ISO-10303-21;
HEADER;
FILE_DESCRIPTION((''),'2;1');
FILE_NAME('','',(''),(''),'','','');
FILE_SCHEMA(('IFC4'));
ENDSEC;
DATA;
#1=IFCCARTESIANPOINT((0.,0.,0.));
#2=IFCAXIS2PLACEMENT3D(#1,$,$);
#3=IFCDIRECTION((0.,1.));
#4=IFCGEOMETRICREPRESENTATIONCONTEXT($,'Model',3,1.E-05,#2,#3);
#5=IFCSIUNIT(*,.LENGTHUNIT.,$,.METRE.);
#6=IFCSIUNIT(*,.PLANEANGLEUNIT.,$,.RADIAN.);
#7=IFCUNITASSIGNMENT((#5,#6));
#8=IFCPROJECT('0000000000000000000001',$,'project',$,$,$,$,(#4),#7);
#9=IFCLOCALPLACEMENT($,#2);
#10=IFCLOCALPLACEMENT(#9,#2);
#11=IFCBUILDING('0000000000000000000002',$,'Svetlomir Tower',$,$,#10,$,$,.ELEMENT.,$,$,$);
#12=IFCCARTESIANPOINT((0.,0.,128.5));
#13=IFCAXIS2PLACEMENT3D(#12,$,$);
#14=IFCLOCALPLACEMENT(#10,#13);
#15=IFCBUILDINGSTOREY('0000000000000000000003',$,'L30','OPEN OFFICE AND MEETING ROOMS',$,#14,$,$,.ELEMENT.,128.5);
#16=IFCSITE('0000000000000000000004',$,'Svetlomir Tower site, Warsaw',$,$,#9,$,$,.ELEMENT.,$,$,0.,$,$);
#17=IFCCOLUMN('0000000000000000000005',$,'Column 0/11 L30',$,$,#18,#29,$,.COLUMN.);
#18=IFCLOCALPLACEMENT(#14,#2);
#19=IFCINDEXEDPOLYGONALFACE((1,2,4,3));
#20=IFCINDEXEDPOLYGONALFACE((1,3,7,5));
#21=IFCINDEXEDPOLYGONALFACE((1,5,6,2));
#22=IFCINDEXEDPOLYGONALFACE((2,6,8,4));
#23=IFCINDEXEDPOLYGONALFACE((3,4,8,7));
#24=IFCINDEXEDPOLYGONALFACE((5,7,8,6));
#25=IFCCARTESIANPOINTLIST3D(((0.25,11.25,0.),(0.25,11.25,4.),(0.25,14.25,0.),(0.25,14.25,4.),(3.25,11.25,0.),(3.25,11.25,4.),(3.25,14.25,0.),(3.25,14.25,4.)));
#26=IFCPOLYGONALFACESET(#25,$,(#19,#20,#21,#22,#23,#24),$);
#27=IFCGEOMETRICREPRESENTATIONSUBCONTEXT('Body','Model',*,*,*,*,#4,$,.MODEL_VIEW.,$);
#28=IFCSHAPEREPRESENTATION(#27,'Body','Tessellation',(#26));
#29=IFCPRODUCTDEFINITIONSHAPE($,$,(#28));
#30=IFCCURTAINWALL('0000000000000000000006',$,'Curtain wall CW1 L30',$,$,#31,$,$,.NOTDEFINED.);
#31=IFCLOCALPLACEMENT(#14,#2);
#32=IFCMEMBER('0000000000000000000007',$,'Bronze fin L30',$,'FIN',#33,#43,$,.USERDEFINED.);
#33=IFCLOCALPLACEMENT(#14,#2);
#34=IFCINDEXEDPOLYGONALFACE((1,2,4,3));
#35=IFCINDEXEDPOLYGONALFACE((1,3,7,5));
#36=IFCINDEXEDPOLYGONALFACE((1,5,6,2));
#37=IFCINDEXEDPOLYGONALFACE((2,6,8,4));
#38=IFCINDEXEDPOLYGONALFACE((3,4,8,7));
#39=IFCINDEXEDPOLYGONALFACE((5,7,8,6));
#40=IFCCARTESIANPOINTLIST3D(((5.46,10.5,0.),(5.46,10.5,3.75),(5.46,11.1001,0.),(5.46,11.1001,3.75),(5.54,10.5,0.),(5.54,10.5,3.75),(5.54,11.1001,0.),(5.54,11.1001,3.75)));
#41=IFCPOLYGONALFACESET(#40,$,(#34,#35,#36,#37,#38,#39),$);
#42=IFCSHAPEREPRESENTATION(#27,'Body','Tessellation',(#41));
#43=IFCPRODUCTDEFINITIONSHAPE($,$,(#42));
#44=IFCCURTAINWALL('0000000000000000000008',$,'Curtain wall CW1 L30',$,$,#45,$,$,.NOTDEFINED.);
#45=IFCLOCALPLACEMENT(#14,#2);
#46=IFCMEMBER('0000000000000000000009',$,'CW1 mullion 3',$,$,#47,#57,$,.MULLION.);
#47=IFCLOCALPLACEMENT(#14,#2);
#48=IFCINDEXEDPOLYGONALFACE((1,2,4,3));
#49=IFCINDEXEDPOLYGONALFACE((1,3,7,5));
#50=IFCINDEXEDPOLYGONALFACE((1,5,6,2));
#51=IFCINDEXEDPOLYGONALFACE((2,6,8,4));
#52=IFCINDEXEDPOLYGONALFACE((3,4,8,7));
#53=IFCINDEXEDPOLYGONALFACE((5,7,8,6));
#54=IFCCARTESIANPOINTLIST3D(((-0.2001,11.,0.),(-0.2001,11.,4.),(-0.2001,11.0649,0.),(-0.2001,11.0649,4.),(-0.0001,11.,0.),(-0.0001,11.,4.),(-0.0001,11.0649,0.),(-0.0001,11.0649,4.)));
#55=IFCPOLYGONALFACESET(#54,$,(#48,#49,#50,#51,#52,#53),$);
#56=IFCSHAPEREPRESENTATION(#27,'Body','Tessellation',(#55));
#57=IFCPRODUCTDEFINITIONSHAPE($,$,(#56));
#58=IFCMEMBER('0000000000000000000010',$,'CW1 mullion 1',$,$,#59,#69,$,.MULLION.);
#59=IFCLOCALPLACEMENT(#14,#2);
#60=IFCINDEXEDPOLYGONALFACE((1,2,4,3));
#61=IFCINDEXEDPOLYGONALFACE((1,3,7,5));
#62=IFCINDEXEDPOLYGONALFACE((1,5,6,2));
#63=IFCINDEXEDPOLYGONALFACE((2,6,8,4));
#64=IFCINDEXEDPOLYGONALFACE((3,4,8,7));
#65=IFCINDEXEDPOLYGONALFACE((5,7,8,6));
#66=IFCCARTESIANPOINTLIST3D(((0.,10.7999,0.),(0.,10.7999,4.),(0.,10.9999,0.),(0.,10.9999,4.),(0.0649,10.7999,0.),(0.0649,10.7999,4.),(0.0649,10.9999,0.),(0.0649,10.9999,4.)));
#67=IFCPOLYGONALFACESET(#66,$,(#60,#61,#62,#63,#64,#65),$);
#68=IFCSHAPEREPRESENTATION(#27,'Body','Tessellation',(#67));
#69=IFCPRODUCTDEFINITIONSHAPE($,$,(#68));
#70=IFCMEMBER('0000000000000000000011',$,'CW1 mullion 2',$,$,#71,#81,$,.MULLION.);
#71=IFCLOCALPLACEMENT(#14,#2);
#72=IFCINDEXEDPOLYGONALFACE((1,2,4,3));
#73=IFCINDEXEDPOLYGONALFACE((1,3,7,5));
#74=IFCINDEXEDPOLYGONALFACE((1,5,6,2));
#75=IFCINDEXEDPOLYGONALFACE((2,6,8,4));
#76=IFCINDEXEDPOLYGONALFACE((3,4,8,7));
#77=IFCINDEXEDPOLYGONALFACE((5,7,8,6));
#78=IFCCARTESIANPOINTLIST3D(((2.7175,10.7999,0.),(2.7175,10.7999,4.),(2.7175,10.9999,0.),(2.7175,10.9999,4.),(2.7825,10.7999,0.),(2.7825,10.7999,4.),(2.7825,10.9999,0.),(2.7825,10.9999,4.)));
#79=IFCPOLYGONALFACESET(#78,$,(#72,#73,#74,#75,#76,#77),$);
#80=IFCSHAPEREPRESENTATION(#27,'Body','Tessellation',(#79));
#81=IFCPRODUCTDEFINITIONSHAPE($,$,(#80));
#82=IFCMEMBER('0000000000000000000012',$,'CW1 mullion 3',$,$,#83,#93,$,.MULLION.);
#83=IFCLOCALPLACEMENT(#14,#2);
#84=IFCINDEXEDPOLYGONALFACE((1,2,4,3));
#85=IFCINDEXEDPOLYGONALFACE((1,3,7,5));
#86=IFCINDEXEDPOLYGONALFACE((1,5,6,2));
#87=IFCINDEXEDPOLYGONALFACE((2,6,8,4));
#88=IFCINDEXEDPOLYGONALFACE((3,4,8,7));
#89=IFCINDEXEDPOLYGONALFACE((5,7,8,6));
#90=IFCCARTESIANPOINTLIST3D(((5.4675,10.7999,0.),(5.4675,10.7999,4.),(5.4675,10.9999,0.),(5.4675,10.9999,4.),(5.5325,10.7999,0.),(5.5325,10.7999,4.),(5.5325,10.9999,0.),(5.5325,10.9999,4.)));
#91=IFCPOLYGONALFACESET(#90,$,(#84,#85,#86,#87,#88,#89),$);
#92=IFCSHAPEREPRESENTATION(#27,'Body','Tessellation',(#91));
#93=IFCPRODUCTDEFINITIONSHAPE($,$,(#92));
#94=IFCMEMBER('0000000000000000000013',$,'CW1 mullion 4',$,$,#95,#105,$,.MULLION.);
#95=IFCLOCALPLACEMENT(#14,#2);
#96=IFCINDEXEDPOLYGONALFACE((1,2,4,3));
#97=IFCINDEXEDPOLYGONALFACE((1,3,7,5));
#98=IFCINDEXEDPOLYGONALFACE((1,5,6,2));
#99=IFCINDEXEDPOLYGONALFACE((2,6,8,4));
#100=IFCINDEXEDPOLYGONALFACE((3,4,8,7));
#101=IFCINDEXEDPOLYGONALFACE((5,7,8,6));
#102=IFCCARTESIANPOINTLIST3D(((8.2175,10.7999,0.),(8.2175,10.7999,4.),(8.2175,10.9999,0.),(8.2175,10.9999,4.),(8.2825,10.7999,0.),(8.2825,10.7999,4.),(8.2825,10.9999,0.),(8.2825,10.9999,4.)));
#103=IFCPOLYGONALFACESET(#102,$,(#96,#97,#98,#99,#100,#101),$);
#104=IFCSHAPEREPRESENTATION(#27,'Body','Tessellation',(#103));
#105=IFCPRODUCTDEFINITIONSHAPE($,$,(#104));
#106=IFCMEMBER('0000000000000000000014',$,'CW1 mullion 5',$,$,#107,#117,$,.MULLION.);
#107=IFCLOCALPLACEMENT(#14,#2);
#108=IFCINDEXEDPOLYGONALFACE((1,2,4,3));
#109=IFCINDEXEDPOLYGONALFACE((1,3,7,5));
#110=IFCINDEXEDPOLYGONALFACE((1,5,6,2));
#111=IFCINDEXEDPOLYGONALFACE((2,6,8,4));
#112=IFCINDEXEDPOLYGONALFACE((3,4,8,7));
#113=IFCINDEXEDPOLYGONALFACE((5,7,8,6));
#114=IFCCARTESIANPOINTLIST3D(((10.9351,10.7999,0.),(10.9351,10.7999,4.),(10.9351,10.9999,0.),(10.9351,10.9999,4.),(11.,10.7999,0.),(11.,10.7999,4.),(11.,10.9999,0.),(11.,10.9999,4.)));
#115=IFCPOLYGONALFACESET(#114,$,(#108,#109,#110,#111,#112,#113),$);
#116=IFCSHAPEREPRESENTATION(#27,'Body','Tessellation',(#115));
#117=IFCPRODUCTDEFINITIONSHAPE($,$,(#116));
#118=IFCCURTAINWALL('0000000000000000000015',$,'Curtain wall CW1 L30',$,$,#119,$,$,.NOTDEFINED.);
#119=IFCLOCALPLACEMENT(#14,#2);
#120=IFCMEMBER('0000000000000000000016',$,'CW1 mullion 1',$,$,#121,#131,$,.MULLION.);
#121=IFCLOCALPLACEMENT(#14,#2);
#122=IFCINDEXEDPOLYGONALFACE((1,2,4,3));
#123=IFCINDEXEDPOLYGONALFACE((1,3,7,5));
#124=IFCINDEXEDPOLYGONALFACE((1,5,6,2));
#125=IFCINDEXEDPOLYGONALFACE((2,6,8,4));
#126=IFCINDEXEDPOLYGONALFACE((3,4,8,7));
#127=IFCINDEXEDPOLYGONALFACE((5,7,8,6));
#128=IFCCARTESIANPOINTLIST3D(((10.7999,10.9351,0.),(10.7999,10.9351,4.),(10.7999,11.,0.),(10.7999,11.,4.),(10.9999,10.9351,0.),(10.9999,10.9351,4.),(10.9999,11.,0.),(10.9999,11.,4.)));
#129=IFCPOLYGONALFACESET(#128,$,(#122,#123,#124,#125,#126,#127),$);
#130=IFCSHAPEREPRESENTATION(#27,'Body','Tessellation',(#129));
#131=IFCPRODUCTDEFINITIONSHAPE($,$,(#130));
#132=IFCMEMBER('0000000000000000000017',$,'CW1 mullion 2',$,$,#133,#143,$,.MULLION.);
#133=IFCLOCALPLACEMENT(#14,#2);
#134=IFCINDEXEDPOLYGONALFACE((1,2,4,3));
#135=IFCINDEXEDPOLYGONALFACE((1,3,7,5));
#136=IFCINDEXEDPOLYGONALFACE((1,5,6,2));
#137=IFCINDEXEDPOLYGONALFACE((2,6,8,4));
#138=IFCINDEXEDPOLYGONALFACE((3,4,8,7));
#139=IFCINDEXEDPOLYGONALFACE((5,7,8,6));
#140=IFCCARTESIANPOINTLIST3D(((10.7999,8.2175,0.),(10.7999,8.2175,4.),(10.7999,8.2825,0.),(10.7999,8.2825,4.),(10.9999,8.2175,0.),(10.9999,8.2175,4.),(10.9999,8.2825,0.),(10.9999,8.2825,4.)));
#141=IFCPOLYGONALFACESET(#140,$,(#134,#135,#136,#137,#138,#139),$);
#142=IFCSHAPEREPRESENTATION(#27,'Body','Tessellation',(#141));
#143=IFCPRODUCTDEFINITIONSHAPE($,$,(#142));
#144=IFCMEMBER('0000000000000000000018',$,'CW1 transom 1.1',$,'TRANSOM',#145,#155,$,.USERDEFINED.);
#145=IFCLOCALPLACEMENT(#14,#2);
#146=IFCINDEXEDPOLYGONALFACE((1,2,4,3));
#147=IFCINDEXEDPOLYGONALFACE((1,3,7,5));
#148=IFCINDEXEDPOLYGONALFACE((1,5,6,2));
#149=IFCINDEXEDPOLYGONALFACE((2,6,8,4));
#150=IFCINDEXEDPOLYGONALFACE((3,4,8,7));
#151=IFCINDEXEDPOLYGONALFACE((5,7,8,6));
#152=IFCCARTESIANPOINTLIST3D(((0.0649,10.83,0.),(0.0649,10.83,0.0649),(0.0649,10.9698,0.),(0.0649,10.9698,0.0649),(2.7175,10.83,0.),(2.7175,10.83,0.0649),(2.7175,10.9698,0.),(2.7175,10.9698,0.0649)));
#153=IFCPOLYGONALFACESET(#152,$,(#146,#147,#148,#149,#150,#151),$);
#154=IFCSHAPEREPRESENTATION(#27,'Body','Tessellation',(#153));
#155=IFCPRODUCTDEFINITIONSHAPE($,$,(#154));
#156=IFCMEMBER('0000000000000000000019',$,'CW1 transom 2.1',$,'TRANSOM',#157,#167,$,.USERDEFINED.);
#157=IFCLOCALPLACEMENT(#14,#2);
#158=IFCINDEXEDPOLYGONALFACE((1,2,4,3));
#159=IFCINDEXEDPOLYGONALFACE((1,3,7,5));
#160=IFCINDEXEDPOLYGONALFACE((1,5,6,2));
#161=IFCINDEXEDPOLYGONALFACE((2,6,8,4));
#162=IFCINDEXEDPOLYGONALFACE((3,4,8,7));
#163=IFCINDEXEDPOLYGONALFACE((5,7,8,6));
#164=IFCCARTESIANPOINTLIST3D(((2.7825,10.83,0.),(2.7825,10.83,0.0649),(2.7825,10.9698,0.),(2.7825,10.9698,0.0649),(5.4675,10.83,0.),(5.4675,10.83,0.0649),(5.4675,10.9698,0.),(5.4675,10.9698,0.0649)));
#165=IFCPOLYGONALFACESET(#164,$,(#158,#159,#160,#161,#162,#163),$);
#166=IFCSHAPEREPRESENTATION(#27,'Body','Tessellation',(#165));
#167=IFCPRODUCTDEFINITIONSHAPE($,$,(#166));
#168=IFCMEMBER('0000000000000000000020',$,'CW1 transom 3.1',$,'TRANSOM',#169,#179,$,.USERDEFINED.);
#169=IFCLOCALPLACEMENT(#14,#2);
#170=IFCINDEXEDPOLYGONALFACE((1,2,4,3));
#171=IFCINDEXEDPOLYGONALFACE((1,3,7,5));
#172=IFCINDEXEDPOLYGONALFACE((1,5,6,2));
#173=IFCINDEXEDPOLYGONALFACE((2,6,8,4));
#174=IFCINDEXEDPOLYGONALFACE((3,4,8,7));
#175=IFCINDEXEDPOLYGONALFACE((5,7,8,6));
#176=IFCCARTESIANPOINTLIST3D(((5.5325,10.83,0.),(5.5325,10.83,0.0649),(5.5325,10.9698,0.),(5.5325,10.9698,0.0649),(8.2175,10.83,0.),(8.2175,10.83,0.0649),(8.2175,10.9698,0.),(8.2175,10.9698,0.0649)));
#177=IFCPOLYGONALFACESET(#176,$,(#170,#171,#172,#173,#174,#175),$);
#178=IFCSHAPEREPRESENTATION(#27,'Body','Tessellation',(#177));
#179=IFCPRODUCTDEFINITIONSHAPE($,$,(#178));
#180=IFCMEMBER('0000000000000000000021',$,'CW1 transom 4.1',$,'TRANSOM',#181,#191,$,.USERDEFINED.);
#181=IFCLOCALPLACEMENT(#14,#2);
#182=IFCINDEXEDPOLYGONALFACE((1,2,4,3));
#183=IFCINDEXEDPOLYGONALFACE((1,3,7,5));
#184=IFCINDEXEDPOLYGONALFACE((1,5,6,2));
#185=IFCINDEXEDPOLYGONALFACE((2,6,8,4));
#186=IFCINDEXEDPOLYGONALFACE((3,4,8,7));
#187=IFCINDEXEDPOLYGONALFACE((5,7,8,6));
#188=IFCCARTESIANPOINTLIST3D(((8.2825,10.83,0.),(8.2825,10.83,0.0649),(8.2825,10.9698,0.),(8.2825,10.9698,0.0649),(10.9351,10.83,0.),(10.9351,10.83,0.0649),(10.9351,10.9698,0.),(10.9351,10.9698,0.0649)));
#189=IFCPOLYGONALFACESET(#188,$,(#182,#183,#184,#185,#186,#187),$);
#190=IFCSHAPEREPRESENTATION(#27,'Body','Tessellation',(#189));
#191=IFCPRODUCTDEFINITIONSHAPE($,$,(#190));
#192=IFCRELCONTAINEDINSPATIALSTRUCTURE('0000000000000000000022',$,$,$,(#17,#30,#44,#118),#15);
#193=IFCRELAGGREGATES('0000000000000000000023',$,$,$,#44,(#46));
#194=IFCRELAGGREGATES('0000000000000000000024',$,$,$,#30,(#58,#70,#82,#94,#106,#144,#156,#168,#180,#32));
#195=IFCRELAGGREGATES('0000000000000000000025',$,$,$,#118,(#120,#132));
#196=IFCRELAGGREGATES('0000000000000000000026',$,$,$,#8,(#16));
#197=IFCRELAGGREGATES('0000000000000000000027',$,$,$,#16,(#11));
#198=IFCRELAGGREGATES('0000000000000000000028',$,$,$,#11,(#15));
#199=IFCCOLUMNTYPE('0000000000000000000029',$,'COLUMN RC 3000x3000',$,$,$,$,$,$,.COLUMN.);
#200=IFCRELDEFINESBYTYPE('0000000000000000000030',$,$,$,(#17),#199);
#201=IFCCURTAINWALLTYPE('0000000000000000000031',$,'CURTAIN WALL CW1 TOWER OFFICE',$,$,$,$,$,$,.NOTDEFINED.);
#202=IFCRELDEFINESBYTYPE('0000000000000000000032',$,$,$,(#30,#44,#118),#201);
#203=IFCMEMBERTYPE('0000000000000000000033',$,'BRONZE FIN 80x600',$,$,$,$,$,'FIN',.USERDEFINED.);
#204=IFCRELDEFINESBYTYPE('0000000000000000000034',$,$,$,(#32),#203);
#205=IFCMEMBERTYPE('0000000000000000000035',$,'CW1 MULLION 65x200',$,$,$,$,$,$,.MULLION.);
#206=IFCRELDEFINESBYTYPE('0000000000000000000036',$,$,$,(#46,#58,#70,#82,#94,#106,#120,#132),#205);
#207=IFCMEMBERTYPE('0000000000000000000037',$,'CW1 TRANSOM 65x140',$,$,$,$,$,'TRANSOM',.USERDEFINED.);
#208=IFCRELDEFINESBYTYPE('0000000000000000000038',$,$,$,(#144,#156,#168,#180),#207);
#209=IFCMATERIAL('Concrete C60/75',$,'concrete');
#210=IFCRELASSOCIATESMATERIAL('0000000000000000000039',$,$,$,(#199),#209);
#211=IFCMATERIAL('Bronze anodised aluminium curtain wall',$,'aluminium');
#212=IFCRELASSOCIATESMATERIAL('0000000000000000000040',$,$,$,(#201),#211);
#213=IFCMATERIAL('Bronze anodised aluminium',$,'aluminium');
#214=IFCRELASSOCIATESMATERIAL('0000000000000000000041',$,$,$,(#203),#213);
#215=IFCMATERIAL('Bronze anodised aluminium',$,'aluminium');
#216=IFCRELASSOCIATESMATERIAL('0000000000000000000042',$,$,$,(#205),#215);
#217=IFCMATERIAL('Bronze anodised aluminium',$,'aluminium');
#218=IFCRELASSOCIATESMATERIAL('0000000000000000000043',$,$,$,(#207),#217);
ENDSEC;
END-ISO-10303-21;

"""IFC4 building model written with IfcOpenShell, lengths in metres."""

from ifc_helpers import new_model, si_unit, direction, frame, origin, origin_2d, place, context, subcontext, project, spatial, rectangle, extrude, material, material_profile, profile_set, type_object, element, aggregate, save


model = new_model("IFC4")

# Units and contexts
model_context = context("Model", 3, precision=1e-05, world=origin(), true_north=direction((0.0, 1.0)))
body_context = subcontext(model_context, "Body", "Model", "MODEL_VIEW")
ifc_project = project(units=[si_unit("LENGTHUNIT", "METRE"), si_unit("PLANEANGLEUNIT", "RADIAN")], contexts=[model_context])

# Site, building, storey
site_placement = place(None, origin())
site = spatial("IfcSite", under=ifc_project, at=site_placement, Name="Svetlomir Tower site, Warsaw", CompositionType="ELEMENT", RefElevation=0.0)
building_placement = place(site_placement, origin())
building = spatial("IfcBuilding", under=site, at=building_placement, Name="Svetlomir Tower", CompositionType="ELEMENT")
storey_placement = place(building_placement, frame((0.0, 0.0, 128.5)))
storey = spatial("IfcBuildingStorey", under=building, at=storey_placement, Name="L30", Description="OPEN OFFICE AND MEETING ROOMS", CompositionType="ELEMENT", Elevation=128.5)

# Column
ifc_material_1 = material(Name="Concrete C60/75", Category="concrete")
ifc_material_profile_1 = material_profile(ifc_material_1, rectangle(XDim=3.0, YDim=3.0, at=origin_2d()), Name="RC 3000x3000")
ifc_profile_set_1 = profile_set([ifc_material_profile_1], Name="Concrete C60/75")
column_type = type_object("IfcColumnType", Name="COLUMN RC 3000x3000", PredefinedType="COLUMN", material=ifc_profile_set_1)
column_placement = place(storey_placement, frame((1.75, 12.75, 0.0), z_axis=(0.0, 0.0, 1.0), x_axis=(1.0, 0.0, 0.0)))
element("IfcColumn", 1, at=column_placement, inside=storey, type_object=column_type, Name="Column 0/11 L30", PredefinedType="COLUMN", context=body_context, shape_type="SweptSolid", body=[
    extrude(rectangle(XDim=3.0, YDim=3.0, at=origin_2d()), origin(), (0.0, 0.0, 1.0), 4.0),
])

# Curtain walls, members
ifc_material_2 = material(Name="Bronze anodised aluminium curtain wall", Category="aluminium")
curtain_wall_type = type_object("IfcCurtainWallType", Name="CURTAIN WALL CW1 TOWER OFFICE", PredefinedType="NOTDEFINED", material=ifc_material_2)
curtain_wall_1_placement = place(storey_placement, origin())
curtain_wall_1 = element("IfcCurtainWall", 2, at=curtain_wall_1_placement, inside=storey, type_object=curtain_wall_type, Name="Curtain wall CW1 L30", PredefinedType="NOTDEFINED")
ifc_material_3 = material(Name="Bronze anodised aluminium", Category="aluminium")
ifc_material_profile_2 = material_profile(ifc_material_3, rectangle(XDim=0.0801, YDim=0.6001, at=origin_2d()), Name="FIN 80x600")
ifc_profile_set_2 = profile_set([ifc_material_profile_2], Name="Bronze anodised aluminium 6063-T6")
member_type_1 = type_object("IfcMemberType", Name="BRONZE FIN 80x600", ElementType="FIN", PredefinedType="USERDEFINED", material=ifc_profile_set_2)
member_1_placement = place(storey_placement, frame((5.5, 10.8, 0.0), z_axis=(0.0, 0.0, 1.0), x_axis=(1.0, 0.0, 0.0)))
member_1 = element("IfcMember", 3, at=member_1_placement, type_object=member_type_1, Name="Bronze fin L30", ObjectType="FIN", PredefinedType="USERDEFINED", context=body_context, shape_type="SweptSolid", body=[
    extrude(rectangle(XDim=0.0801, YDim=0.6001, at=origin_2d()), origin(), (0.0, 0.0, 1.0), 3.75),
])
curtain_wall_2_placement = place(storey_placement, origin())
curtain_wall_2 = element("IfcCurtainWall", 4, at=curtain_wall_2_placement, inside=storey, type_object=curtain_wall_type, Name="Curtain wall CW1 L30", PredefinedType="NOTDEFINED")
ifc_material_4 = material(Name="Bronze anodised aluminium", Category="aluminium")
ifc_material_profile_3 = material_profile(ifc_material_4, rectangle(XDim=0.0649, YDim=0.2, at=origin_2d()), Name="AL 65x200")
ifc_profile_set_3 = profile_set([ifc_material_profile_3], Name="Bronze anodised aluminium 6063-T6")
member_type_2 = type_object("IfcMemberType", Name="CW1 MULLION 65x200", PredefinedType="MULLION", material=ifc_profile_set_3)
member_2_placement = place(storey_placement, frame((-0.1001, 11.0325, 0.0), z_axis=(0.0, 0.0, 1.0), x_axis=(0.0, -1.0, 0.0)))
member_2 = element("IfcMember", 5, at=member_2_placement, type_object=member_type_2, Name="CW1 mullion 3", PredefinedType="MULLION", context=body_context, shape_type="SweptSolid", body=[
    extrude(rectangle(XDim=0.0649, YDim=0.2, at=origin_2d()), origin(), (0.0, 0.0, 1.0), 4.0),
])

# Members
member_3_placement = place(storey_placement, frame((0.0325, 10.8999, 0.0), z_axis=(0.0, 0.0, 1.0), x_axis=(1.0, 0.0, 0.0)))
member_3 = element("IfcMember", 6, at=member_3_placement, type_object=member_type_2, Name="CW1 mullion 1", PredefinedType="MULLION", context=body_context, shape_type="SweptSolid", body=[
    extrude(rectangle(XDim=0.0649, YDim=0.2, at=origin_2d()), origin(), (0.0, 0.0, 1.0), 4.0),
])
member_4_placement = place(storey_placement, frame((2.75, 10.8999, 0.0), z_axis=(0.0, 0.0, 1.0), x_axis=(1.0, 0.0, 0.0)))
member_4 = element("IfcMember", 7, at=member_4_placement, type_object=member_type_2, Name="CW1 mullion 2", PredefinedType="MULLION", context=body_context, shape_type="SweptSolid", body=[
    extrude(rectangle(XDim=0.0649, YDim=0.2, at=origin_2d()), origin(), (0.0, 0.0, 1.0), 4.0),
])
member_5_placement = place(storey_placement, frame((5.5, 10.8999, 0.0), z_axis=(0.0, 0.0, 1.0), x_axis=(1.0, 0.0, 0.0)))
member_5 = element("IfcMember", 8, at=member_5_placement, type_object=member_type_2, Name="CW1 mullion 3", PredefinedType="MULLION", context=body_context, shape_type="SweptSolid", body=[
    extrude(rectangle(XDim=0.0649, YDim=0.2, at=origin_2d()), origin(), (0.0, 0.0, 1.0), 4.0),
])
member_6_placement = place(storey_placement, frame((8.25, 10.8999, 0.0), z_axis=(0.0, 0.0, 1.0), x_axis=(1.0, 0.0, 0.0)))
member_6 = element("IfcMember", 9, at=member_6_placement, type_object=member_type_2, Name="CW1 mullion 4", PredefinedType="MULLION", context=body_context, shape_type="SweptSolid", body=[
    extrude(rectangle(XDim=0.0649, YDim=0.2, at=origin_2d()), origin(), (0.0, 0.0, 1.0), 4.0),
])
member_7_placement = place(storey_placement, frame((10.9675, 10.8999, 0.0), z_axis=(0.0, 0.0, 1.0), x_axis=(1.0, 0.0, 0.0)))
member_7 = element("IfcMember", 10, at=member_7_placement, type_object=member_type_2, Name="CW1 mullion 5", PredefinedType="MULLION", context=body_context, shape_type="SweptSolid", body=[
    extrude(rectangle(XDim=0.0649, YDim=0.2, at=origin_2d()), origin(), (0.0, 0.0, 1.0), 4.0),
])

# Curtain wall, members
curtain_wall_3_placement = place(storey_placement, origin())
curtain_wall_3 = element("IfcCurtainWall", 11, at=curtain_wall_3_placement, inside=storey, type_object=curtain_wall_type, Name="Curtain wall CW1 L30", PredefinedType="NOTDEFINED")
member_8_placement = place(storey_placement, frame((10.8999, 10.9675, 0.0), z_axis=(0.0, 0.0, 1.0), x_axis=(0.0, -1.0, 0.0)))
member_8 = element("IfcMember", 12, at=member_8_placement, type_object=member_type_2, Name="CW1 mullion 1", PredefinedType="MULLION", context=body_context, shape_type="SweptSolid", body=[
    extrude(rectangle(XDim=0.0649, YDim=0.2, at=origin_2d()), origin(), (0.0, 0.0, 1.0), 4.0),
])
member_9_placement = place(storey_placement, frame((10.8999, 8.25, 0.0), z_axis=(0.0, 0.0, 1.0), x_axis=(0.0, -1.0, 0.0)))
member_9 = element("IfcMember", 13, at=member_9_placement, type_object=member_type_2, Name="CW1 mullion 2", PredefinedType="MULLION", context=body_context, shape_type="SweptSolid", body=[
    extrude(rectangle(XDim=0.0649, YDim=0.2, at=origin_2d()), origin(), (0.0, 0.0, 1.0), 4.0),
])

# Members
ifc_material_5 = material(Name="Bronze anodised aluminium", Category="aluminium")
ifc_material_profile_4 = material_profile(ifc_material_5, rectangle(XDim=0.1399, YDim=0.0649, at=origin_2d()), Name="AL 140x65")
ifc_profile_set_4 = profile_set([ifc_material_profile_4], Name="Bronze anodised aluminium 6063-T6")
member_type_3 = type_object("IfcMemberType", Name="CW1 TRANSOM 65x140", ElementType="TRANSOM", PredefinedType="USERDEFINED", material=ifc_profile_set_4)
member_10_placement = place(storey_placement, frame((0.0649, 10.8999, 0.0325), z_axis=(1.0, 0.0, 0.0), x_axis=(0.0, 1.0, 0.0)))
member_10 = element("IfcMember", 14, at=member_10_placement, type_object=member_type_3, Name="CW1 transom 1.1", ObjectType="TRANSOM", PredefinedType="USERDEFINED", context=body_context, shape_type="SweptSolid", body=[
    extrude(rectangle(XDim=0.1399, YDim=0.0649, at=origin_2d()), origin(), (0.0, 0.0, 1.0), 2.6526),
])
member_11_placement = place(storey_placement, frame((2.7825, 10.8999, 0.0325), z_axis=(1.0, 0.0, 0.0), x_axis=(0.0, 1.0, 0.0)))
member_11 = element("IfcMember", 15, at=member_11_placement, type_object=member_type_3, Name="CW1 transom 2.1", ObjectType="TRANSOM", PredefinedType="USERDEFINED", context=body_context, shape_type="SweptSolid", body=[
    extrude(rectangle(XDim=0.1399, YDim=0.0649, at=origin_2d()), origin(), (0.0, 0.0, 1.0), 2.6851),
])
member_12_placement = place(storey_placement, frame((5.5325, 10.8999, 0.0325), z_axis=(1.0, 0.0, 0.0), x_axis=(0.0, 1.0, 0.0)))
member_12 = element("IfcMember", 16, at=member_12_placement, type_object=member_type_3, Name="CW1 transom 3.1", ObjectType="TRANSOM", PredefinedType="USERDEFINED", context=body_context, shape_type="SweptSolid", body=[
    extrude(rectangle(XDim=0.1399, YDim=0.0649, at=origin_2d()), origin(), (0.0, 0.0, 1.0), 2.6851),
])
member_13_placement = place(storey_placement, frame((8.2825, 10.8999, 0.0325), z_axis=(1.0, 0.0, 0.0), x_axis=(0.0, 1.0, 0.0)))
member_13 = element("IfcMember", 17, at=member_13_placement, type_object=member_type_3, Name="CW1 transom 4.1", ObjectType="TRANSOM", PredefinedType="USERDEFINED", context=body_context, shape_type="SweptSolid", body=[
    extrude(rectangle(XDim=0.1399, YDim=0.0649, at=origin_2d()), origin(), (0.0, 0.0, 1.0), 2.6526),
])

aggregate(curtain_wall_2, [member_2])
aggregate(curtain_wall_1, [member_3, member_4, member_5, member_6, member_7, member_10, member_11, member_12, member_13, member_1])
aggregate(curtain_wall_3, [member_8, member_9])

save(model, "model.ifc")
